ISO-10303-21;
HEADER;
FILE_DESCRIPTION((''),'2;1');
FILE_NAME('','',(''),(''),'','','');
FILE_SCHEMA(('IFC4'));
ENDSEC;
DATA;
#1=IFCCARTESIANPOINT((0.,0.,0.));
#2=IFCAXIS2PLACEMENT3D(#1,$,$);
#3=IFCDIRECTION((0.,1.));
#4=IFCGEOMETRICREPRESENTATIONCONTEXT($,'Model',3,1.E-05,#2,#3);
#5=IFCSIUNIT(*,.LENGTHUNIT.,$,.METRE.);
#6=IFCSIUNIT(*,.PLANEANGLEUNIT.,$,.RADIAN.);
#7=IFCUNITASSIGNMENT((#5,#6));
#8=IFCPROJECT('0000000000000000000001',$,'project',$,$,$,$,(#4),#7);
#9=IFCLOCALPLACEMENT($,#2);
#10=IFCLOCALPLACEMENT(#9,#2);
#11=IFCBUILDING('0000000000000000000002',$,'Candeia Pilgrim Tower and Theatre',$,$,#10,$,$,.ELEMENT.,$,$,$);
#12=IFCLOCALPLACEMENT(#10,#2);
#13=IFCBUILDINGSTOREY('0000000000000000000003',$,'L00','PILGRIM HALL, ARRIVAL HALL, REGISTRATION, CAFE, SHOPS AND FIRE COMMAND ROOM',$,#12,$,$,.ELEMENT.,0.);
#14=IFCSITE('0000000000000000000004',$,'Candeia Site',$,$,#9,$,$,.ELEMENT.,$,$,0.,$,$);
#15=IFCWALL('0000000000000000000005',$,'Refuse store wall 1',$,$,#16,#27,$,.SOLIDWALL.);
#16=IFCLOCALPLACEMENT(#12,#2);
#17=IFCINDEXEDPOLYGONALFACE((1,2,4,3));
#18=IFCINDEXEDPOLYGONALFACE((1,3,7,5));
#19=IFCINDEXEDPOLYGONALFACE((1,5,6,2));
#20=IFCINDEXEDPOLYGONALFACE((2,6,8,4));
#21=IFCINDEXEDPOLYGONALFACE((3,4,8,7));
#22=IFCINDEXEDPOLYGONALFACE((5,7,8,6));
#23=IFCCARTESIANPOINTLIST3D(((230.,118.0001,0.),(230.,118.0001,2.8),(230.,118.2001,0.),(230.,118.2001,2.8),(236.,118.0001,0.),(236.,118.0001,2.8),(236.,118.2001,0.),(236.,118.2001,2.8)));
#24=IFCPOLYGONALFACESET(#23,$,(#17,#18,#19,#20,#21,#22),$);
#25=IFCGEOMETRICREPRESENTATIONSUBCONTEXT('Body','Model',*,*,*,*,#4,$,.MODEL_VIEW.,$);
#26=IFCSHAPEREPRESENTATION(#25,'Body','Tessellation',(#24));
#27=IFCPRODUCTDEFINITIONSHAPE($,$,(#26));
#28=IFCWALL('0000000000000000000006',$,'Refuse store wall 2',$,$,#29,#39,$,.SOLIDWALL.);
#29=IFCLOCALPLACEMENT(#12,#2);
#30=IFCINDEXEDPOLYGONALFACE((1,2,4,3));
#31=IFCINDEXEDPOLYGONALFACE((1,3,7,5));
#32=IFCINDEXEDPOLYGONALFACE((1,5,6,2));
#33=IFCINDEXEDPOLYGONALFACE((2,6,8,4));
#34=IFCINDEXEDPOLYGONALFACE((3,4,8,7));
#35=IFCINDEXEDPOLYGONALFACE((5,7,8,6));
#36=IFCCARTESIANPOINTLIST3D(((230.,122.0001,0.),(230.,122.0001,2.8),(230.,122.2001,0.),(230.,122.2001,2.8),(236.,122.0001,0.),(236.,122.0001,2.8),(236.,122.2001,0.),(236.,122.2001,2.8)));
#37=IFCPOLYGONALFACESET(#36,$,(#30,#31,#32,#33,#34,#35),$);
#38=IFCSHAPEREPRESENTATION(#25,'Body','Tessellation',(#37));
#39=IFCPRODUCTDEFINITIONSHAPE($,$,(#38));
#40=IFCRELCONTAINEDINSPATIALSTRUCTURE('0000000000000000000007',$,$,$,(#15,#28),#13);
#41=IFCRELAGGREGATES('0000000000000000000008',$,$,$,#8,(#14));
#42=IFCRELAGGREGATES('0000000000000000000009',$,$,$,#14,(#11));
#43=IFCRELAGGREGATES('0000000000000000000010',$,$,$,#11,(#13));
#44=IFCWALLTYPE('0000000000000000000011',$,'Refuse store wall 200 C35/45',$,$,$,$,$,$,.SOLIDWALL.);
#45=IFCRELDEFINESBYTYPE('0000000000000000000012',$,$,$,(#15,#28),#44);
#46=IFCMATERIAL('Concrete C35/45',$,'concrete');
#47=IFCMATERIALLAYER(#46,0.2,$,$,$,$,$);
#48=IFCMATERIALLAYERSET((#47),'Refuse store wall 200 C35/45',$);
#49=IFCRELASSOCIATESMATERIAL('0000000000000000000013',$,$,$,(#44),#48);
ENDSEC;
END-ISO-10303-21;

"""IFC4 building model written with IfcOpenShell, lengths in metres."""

from ifc_helpers import new_model, si_unit, direction, frame, frame_2d, origin, place, context, subcontext, project, spatial, rectangle, extrude, material, layer, layer_set, type_object, element, save


model = new_model("IFC4")

# Units and contexts
model_context = context("Model", 3, precision=1e-05, world=origin(), true_north=direction((0.0, 1.0)))
body_context = subcontext(model_context, "Body", "Model", "MODEL_VIEW")
ifc_project = project(units=[si_unit("LENGTHUNIT", "METRE"), si_unit("PLANEANGLEUNIT", "RADIAN")], contexts=[model_context])

# Site, building, storey
site_placement = place(None, origin())
site = spatial("IfcSite", under=ifc_project, at=site_placement, Name="Candeia Site", CompositionType="ELEMENT", RefElevation=0.0)
building_placement = place(site_placement, origin())
building = spatial("IfcBuilding", under=site, at=building_placement, Name="Candeia Pilgrim Tower and Theatre", CompositionType="ELEMENT")
storey_placement = place(building_placement, origin())
storey = spatial("IfcBuildingStorey", under=building, at=storey_placement, Name="L00", Description="PILGRIM HALL, ARRIVAL HALL, REGISTRATION, CAFE, SHOPS AND FIRE COMMAND ROOM", CompositionType="ELEMENT", Elevation=0.0)

# Shared definitions
ifc_material_1 = material(Name="Concrete C35/45", Category="concrete")

# Walls
ifc_layer_1 = layer(ifc_material_1, 0.2)
ifc_layer_set_1 = layer_set([ifc_layer_1], Name="Refuse store wall 200 C35/45")
wall_type_1 = type_object("IfcWallType", Name="Refuse store wall 200 C35/45", PredefinedType="SOLIDWALL", material=ifc_layer_set_1)
for number, where, z_axis, x_axis, name in (
    (1, (230.0, 118.1001, 0.0), (0.0, 0.0, 1.0), (1.0, 0.0, 0.0), "Refuse store wall 1"),
    (2, (230.0, 122.1001, 0.0), (0.0, 0.0, 1.0), (1.0, 0.0, 0.0), "Refuse store wall 2"),
):
    element("IfcWall", number, at=place(storey_placement, frame(where, z_axis=z_axis, x_axis=x_axis)), inside=storey, type_object=wall_type_1, Name=name, PredefinedType="SOLIDWALL", context=body_context, shape_type="SweptSolid", body=[
        extrude(rectangle(XDim=6.0, YDim=0.2, at=frame_2d((3.0, 0.0))), origin(), (0.0, 0.0, 1.0), 2.8),
    ])

save(model, "model.ifc")
